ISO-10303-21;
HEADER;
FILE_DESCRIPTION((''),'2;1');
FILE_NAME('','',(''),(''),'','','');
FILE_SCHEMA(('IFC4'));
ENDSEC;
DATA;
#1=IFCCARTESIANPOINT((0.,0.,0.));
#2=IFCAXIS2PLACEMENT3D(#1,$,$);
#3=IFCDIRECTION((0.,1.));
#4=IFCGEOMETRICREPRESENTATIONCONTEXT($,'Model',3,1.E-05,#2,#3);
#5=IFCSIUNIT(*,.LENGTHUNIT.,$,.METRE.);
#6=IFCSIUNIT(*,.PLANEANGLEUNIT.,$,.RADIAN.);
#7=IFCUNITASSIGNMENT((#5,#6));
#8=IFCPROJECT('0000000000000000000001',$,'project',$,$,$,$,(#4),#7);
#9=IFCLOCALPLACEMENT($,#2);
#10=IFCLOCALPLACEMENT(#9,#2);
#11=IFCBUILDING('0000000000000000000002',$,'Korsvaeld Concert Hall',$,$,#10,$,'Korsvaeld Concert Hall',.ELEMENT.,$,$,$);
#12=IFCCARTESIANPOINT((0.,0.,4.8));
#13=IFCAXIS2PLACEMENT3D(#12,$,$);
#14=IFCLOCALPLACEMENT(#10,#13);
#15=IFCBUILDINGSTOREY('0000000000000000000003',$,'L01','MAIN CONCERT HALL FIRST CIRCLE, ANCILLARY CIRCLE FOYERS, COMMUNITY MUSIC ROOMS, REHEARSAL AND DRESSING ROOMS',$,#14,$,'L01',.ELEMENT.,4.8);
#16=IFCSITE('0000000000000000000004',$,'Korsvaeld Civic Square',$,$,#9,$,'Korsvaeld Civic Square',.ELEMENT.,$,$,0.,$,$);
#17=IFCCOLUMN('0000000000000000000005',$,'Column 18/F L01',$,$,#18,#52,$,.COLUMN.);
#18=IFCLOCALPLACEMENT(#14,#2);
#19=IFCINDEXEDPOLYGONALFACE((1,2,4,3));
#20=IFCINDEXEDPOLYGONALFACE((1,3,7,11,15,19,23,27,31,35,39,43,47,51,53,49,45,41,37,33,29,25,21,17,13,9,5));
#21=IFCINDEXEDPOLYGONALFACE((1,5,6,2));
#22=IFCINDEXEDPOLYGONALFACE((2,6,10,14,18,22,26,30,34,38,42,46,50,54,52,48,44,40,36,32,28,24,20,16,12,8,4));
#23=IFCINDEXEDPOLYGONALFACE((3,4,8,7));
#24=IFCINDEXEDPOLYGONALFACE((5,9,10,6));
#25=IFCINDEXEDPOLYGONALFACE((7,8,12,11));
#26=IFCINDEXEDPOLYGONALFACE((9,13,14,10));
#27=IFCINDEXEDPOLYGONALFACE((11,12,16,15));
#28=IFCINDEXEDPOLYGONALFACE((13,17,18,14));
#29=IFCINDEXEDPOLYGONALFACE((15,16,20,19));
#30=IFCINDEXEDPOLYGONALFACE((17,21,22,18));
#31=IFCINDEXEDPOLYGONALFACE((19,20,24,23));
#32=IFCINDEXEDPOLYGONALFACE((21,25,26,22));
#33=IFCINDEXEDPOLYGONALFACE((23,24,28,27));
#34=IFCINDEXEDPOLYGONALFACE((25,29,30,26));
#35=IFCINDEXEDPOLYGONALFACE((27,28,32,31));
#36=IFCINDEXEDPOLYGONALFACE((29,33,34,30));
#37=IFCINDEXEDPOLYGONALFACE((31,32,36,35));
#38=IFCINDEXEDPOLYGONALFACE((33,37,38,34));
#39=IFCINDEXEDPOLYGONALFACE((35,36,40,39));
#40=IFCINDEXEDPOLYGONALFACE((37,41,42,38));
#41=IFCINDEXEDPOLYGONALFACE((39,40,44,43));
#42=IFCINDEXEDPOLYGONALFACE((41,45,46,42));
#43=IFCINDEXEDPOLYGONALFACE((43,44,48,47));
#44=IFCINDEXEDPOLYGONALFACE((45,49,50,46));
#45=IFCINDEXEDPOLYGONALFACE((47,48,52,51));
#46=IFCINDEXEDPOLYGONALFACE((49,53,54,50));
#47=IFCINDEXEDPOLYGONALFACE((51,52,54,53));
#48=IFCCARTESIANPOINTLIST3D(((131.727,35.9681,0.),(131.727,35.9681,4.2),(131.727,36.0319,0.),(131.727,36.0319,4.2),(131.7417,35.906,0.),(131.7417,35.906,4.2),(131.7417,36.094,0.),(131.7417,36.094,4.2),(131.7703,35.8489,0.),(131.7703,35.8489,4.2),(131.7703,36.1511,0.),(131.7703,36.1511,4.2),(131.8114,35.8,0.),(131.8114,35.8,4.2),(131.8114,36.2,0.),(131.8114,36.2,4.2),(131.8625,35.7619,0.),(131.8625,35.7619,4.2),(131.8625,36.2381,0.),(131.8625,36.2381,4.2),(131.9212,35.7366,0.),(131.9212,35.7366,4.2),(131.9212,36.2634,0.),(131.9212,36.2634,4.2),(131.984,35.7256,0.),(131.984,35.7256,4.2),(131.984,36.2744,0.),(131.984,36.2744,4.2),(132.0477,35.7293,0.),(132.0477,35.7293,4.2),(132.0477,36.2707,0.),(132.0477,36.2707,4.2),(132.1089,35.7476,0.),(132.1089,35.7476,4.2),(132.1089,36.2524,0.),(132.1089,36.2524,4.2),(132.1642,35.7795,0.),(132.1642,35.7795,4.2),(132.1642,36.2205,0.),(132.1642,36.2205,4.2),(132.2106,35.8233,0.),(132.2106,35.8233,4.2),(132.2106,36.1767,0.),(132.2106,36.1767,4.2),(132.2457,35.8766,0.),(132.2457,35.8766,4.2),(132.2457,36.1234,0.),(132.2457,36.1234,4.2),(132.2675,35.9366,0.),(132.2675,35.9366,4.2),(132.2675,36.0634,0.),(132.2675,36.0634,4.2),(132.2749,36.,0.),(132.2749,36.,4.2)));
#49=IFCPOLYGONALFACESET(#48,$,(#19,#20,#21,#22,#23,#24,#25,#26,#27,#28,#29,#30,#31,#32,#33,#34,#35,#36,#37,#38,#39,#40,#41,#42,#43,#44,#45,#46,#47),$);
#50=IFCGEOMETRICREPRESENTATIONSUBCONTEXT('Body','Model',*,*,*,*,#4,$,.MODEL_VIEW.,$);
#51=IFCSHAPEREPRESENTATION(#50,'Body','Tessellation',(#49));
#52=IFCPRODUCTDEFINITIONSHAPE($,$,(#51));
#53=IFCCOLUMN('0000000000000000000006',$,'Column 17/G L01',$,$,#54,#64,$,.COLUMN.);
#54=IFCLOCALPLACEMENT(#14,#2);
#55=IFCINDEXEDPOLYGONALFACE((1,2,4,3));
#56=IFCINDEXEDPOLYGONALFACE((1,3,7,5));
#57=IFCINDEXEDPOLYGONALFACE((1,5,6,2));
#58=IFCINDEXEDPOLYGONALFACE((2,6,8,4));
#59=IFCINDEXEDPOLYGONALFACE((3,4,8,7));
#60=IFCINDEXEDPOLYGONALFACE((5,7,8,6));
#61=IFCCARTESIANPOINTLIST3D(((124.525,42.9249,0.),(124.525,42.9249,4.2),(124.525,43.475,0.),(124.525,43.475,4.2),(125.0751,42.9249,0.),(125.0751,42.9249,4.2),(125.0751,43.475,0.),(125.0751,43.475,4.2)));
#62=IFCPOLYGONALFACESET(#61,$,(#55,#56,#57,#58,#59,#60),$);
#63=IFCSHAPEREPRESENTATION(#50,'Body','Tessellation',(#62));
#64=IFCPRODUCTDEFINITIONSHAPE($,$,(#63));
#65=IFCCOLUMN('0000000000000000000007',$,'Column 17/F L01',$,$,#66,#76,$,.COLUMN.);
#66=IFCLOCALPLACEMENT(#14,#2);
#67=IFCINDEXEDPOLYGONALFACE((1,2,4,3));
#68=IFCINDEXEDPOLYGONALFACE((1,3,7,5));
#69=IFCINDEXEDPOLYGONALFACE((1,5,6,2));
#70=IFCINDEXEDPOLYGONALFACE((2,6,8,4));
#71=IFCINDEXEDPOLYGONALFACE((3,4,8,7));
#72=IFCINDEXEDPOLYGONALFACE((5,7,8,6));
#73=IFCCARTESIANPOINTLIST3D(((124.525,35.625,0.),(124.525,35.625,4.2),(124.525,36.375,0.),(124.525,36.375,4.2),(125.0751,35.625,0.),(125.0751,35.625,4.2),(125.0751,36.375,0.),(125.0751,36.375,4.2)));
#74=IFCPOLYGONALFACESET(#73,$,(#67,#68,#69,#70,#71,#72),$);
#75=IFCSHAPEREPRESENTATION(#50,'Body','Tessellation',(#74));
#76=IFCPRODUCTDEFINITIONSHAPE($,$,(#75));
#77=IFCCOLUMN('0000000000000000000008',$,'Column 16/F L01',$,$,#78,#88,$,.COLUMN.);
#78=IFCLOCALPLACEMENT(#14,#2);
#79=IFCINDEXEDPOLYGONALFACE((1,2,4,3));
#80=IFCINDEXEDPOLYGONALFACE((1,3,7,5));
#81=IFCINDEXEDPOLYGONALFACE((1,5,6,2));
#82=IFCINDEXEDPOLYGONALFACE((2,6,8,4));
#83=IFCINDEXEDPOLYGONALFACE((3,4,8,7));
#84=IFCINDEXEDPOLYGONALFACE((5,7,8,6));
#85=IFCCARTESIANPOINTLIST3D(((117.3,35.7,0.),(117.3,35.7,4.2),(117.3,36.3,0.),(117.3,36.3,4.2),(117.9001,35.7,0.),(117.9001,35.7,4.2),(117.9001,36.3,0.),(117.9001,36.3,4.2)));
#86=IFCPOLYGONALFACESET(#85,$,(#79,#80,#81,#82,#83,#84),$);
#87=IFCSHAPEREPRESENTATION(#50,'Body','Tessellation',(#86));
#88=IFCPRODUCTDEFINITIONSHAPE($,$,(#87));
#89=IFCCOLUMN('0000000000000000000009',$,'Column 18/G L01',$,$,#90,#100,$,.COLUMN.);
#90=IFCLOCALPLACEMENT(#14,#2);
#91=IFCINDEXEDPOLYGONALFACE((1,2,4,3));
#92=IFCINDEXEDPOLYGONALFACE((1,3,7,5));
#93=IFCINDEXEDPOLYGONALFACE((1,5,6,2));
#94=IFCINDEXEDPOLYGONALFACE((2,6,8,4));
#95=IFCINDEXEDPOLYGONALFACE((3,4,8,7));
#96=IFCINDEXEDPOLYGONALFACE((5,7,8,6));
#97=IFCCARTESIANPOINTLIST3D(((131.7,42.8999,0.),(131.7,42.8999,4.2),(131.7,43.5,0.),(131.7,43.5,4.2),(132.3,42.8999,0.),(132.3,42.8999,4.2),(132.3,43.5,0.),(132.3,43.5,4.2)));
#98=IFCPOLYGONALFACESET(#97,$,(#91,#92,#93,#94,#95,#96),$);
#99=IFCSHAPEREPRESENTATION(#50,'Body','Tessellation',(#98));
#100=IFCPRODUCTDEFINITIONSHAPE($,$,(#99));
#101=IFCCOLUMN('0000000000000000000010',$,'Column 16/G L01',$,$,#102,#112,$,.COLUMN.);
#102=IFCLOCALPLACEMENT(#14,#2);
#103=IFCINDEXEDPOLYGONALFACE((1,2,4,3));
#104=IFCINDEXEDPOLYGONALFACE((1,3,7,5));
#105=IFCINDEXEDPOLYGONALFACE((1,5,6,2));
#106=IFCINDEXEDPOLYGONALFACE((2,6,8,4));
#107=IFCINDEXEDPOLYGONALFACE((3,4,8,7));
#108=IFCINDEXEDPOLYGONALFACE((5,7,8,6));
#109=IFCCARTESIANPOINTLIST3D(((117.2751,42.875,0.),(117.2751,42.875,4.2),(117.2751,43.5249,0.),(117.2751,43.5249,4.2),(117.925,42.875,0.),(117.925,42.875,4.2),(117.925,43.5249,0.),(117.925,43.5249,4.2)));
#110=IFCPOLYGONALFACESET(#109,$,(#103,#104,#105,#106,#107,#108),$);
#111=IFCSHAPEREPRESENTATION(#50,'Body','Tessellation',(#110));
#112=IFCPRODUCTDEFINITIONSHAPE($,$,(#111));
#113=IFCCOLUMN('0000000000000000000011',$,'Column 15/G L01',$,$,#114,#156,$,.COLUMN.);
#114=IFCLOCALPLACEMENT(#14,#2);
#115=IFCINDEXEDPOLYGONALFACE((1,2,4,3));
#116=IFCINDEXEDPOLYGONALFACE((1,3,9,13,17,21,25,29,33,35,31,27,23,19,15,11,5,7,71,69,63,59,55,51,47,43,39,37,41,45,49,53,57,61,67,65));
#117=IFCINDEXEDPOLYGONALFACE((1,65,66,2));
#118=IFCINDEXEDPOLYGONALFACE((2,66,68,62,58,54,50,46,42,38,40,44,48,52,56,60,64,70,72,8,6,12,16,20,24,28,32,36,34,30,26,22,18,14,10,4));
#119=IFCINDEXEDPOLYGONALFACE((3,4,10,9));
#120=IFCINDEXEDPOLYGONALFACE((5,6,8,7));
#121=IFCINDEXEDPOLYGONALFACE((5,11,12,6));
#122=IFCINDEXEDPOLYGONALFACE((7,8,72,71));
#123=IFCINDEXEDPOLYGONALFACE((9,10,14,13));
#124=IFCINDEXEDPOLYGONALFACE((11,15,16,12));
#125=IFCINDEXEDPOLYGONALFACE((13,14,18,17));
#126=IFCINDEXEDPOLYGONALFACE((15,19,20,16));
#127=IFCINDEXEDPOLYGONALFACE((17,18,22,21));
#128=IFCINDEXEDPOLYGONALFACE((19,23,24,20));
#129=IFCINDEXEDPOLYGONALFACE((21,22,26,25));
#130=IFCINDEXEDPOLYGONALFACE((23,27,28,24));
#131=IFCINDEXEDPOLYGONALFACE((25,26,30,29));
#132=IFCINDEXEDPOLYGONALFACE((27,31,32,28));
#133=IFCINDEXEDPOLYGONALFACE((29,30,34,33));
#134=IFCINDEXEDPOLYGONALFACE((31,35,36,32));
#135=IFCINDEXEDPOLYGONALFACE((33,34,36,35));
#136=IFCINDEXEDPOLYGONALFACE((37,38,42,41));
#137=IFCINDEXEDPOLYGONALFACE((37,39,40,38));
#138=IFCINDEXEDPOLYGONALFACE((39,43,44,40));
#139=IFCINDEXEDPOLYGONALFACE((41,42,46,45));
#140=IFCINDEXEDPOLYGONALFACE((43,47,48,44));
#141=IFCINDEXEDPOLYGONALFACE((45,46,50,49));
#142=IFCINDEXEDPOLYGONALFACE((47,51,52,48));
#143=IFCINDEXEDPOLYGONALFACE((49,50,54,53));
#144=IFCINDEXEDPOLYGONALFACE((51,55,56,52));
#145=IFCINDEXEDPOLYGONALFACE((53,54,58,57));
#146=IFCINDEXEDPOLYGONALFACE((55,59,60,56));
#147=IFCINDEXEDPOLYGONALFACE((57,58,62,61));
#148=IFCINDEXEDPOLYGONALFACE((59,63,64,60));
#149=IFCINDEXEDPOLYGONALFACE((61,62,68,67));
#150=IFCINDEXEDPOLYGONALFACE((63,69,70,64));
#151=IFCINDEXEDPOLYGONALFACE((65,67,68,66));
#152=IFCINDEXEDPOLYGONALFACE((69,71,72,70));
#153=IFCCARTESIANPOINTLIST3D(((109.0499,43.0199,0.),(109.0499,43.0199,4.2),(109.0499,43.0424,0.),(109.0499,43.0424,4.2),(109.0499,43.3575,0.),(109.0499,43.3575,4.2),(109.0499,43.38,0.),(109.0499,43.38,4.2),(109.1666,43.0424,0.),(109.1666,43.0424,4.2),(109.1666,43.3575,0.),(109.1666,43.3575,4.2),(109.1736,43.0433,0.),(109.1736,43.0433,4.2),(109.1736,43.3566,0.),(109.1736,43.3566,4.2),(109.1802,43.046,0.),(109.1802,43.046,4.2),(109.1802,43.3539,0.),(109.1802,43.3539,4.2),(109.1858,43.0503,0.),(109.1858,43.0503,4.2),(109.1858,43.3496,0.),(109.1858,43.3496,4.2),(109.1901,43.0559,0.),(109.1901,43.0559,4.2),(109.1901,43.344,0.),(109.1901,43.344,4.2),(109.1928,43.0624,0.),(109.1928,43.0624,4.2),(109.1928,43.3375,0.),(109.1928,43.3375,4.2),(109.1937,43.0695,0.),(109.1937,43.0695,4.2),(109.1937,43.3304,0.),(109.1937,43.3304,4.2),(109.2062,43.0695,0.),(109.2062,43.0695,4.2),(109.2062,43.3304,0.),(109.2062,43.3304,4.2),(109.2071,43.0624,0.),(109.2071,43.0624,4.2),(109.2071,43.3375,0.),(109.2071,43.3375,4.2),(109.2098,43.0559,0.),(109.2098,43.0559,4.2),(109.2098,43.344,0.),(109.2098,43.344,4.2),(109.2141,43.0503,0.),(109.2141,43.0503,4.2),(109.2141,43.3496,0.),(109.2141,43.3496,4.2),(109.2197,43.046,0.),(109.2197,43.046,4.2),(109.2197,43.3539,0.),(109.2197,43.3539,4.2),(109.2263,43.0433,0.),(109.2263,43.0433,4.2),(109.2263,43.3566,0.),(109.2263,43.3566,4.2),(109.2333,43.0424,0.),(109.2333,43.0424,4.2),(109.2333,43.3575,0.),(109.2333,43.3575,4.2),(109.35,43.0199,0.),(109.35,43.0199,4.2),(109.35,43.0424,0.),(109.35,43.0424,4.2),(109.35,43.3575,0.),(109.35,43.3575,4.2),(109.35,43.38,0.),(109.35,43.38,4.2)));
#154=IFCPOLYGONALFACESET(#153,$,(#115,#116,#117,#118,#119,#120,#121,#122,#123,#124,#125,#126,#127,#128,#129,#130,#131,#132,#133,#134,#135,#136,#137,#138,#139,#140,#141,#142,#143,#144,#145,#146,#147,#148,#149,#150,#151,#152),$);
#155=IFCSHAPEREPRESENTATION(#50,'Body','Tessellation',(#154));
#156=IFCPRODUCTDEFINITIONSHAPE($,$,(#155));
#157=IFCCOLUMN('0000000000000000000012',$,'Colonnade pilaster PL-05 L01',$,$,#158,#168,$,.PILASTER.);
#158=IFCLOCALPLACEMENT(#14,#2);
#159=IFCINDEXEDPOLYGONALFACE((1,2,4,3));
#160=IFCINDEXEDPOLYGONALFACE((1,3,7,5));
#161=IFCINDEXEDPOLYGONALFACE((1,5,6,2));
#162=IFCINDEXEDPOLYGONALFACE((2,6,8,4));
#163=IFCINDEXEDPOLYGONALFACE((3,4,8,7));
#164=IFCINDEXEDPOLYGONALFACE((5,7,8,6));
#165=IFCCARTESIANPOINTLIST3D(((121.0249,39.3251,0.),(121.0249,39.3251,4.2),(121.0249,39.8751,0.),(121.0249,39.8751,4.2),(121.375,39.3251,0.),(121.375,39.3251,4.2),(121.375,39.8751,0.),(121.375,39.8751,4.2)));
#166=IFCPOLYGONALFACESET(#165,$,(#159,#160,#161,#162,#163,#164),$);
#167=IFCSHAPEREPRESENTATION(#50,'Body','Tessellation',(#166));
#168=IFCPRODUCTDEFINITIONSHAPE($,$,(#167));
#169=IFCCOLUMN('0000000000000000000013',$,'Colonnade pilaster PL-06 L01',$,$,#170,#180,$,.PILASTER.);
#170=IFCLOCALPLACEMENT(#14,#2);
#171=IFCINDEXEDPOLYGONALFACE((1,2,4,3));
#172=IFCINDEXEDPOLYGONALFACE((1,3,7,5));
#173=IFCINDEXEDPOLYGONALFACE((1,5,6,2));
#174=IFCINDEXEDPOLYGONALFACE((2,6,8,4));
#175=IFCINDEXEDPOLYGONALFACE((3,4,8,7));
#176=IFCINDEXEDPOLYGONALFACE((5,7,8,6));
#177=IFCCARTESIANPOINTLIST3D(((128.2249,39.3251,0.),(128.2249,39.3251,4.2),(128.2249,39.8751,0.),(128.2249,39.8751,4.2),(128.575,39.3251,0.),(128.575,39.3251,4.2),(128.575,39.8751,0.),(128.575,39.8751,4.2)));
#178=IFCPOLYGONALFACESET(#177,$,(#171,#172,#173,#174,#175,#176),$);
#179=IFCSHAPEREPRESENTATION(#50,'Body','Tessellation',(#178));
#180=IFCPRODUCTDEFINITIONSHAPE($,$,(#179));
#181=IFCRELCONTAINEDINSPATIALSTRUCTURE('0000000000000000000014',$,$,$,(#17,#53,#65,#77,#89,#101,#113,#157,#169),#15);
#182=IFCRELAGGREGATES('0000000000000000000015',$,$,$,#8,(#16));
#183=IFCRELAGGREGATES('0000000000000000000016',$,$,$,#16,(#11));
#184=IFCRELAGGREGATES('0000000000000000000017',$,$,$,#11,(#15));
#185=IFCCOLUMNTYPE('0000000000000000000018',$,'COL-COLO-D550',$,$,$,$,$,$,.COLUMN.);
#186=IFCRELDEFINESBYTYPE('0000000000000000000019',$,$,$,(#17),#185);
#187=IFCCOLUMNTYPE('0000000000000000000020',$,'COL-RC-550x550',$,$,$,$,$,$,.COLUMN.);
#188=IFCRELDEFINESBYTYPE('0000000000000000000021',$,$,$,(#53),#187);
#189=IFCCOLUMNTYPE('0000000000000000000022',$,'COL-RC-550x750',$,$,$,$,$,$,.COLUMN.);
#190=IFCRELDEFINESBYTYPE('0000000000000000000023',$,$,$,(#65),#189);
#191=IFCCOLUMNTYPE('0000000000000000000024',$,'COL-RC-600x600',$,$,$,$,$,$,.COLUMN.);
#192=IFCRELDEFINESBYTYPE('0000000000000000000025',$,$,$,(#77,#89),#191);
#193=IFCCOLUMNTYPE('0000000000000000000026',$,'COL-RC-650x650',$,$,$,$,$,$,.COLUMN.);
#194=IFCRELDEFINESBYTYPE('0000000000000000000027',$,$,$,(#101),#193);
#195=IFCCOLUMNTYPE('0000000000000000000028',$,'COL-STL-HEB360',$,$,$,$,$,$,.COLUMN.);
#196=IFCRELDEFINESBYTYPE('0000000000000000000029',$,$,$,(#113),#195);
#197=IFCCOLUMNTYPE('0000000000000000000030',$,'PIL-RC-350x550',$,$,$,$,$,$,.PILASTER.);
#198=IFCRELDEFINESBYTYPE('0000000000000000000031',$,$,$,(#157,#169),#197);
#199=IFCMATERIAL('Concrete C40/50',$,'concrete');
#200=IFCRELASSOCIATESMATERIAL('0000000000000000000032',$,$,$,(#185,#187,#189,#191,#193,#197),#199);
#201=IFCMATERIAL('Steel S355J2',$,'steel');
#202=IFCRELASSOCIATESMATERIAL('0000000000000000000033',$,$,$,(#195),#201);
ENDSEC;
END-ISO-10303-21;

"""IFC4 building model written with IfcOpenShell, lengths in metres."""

from ifc_helpers import new_model, si_unit, direction, frame, origin, origin_2d, place, context, subcontext, project, spatial, rectangle, circle, i_section, extrude, material, material_profile, profile_set, type_object, element, save


model = new_model("IFC4")

# Units and contexts
model_context = context("Model", 3, precision=1e-05, world=origin(), true_north=direction((0.0, 1.0)))
body_context = subcontext(model_context, "Body", "Model", "MODEL_VIEW")
ifc_project = project(units=[si_unit("LENGTHUNIT", "METRE"), si_unit("PLANEANGLEUNIT", "RADIAN")], contexts=[model_context])

# Site, building, storey
site_placement = place(None, origin())
site = spatial("IfcSite", under=ifc_project, at=site_placement, Name="Korsvaeld Civic Square", LongName="Korsvaeld Civic Square", CompositionType="ELEMENT", RefElevation=0.0)
building_placement = place(site_placement, origin())
building = spatial("IfcBuilding", under=site, at=building_placement, Name="Korsvaeld Concert Hall", LongName="Korsvaeld Concert Hall", CompositionType="ELEMENT")
storey_placement = place(building_placement, frame((0.0, 0.0, 4.8)))
storey = spatial("IfcBuildingStorey", under=building, at=storey_placement, Name="L01", Description="MAIN CONCERT HALL FIRST CIRCLE, ANCILLARY CIRCLE FOYERS, COMMUNITY MUSIC ROOMS, REHEARSAL AND DRESSING ROOMS", LongName="L01", CompositionType="ELEMENT", Elevation=4.8)

# Columns
ifc_material_1 = material(Name="Concrete C40/50", Category="concrete")
ifc_material_profile_1 = material_profile(ifc_material_1, circle(Radius=0.2749, at=origin_2d()), Name="RC D550")
ifc_profile_set_1 = profile_set([ifc_material_profile_1], Name="Concrete C40/50")
column_type_1 = type_object("IfcColumnType", Name="COL-COLO-D550", PredefinedType="COLUMN", material=ifc_profile_set_1)
column_1_placement = place(storey_placement, frame((132.0, 36.0, 0.0), z_axis=(0.0, 0.0, 1.0), x_axis=(1.0, 0.0, 0.0)))
element("IfcColumn", 1, at=column_1_placement, inside=storey, type_object=column_type_1, Name="Column 18/F L01", PredefinedType="COLUMN", context=body_context, shape_type="SweptSolid", body=[
    extrude(circle(Radius=0.2749, at=origin_2d()), origin(), (0.0, 0.0, 1.0), 4.2),
])
ifc_material_profile_2 = material_profile(ifc_material_1, rectangle(XDim=0.55, YDim=0.55, at=origin_2d()), Name="RC 550x550")
ifc_profile_set_2 = profile_set([ifc_material_profile_2], Name="Concrete C40/50")
column_type_2 = type_object("IfcColumnType", Name="COL-RC-550x550", PredefinedType="COLUMN", material=ifc_profile_set_2)
column_2_placement = place(storey_placement, frame((124.8, 43.2, 0.0), z_axis=(0.0, 0.0, 1.0), x_axis=(1.0, 0.0, 0.0)))
element("IfcColumn", 2, at=column_2_placement, inside=storey, type_object=column_type_2, Name="Column 17/G L01", PredefinedType="COLUMN", context=body_context, shape_type="SweptSolid", body=[
    extrude(rectangle(XDim=0.55, YDim=0.55, at=origin_2d()), origin(), (0.0, 0.0, 1.0), 4.2),
])
ifc_material_profile_3 = material_profile(ifc_material_1, rectangle(XDim=0.55, YDim=0.75, at=origin_2d()), Name="RC 550x750")
ifc_profile_set_3 = profile_set([ifc_material_profile_3], Name="Concrete C40/50")
column_type_3 = type_object("IfcColumnType", Name="COL-RC-550x750", PredefinedType="COLUMN", material=ifc_profile_set_3)
column_3_placement = place(storey_placement, frame((124.8, 36.0, 0.0), z_axis=(0.0, 0.0, 1.0), x_axis=(1.0, 0.0, 0.0)))
element("IfcColumn", 3, at=column_3_placement, inside=storey, type_object=column_type_3, Name="Column 17/F L01", PredefinedType="COLUMN", context=body_context, shape_type="SweptSolid", body=[
    extrude(rectangle(XDim=0.55, YDim=0.75, at=origin_2d()), origin(), (0.0, 0.0, 1.0), 4.2),
])
ifc_material_profile_4 = material_profile(ifc_material_1, rectangle(XDim=0.6001, YDim=0.6001, at=origin_2d()), Name="RC 600x600")
ifc_profile_set_4 = profile_set([ifc_material_profile_4], Name="Concrete C40/50")
column_type_4 = type_object("IfcColumnType", Name="COL-RC-600x600", PredefinedType="COLUMN", material=ifc_profile_set_4)
for number, where, z_axis, x_axis, name in (
    (4, (117.6001, 36.0, 0.0), (0.0, 0.0, 1.0), (1.0, 0.0, 0.0), "Column 16/F L01"),
    (5, (132.0, 43.2, 0.0), (0.0, 0.0, 1.0), (1.0, 0.0, 0.0), "Column 18/G L01"),
):
    element("IfcColumn", number, at=place(storey_placement, frame(where, z_axis=z_axis, x_axis=x_axis)), inside=storey, type_object=column_type_4, Name=name, PredefinedType="COLUMN", context=body_context, shape_type="SweptSolid", body=[
        extrude(rectangle(XDim=0.6001, YDim=0.6001, at=origin_2d()), origin(), (0.0, 0.0, 1.0), 4.2),
    ])
ifc_material_profile_5 = material_profile(ifc_material_1, rectangle(XDim=0.6499, YDim=0.6499, at=origin_2d()), Name="RC 650x650")
ifc_profile_set_5 = profile_set([ifc_material_profile_5], Name="Concrete C40/50")
column_type_5 = type_object("IfcColumnType", Name="COL-RC-650x650", PredefinedType="COLUMN", material=ifc_profile_set_5)
column_4_placement = place(storey_placement, frame((117.6001, 43.2, 0.0), z_axis=(0.0, 0.0, 1.0), x_axis=(1.0, 0.0, 0.0)))
element("IfcColumn", 6, at=column_4_placement, inside=storey, type_object=column_type_5, Name="Column 16/G L01", PredefinedType="COLUMN", context=body_context, shape_type="SweptSolid", body=[
    extrude(rectangle(XDim=0.6499, YDim=0.6499, at=origin_2d()), origin(), (0.0, 0.0, 1.0), 4.2),
])
ifc_material_2 = material(Name="Steel S355J2", Category="steel")
ifc_material_profile_6 = material_profile(ifc_material_2, i_section(OverallWidth=0.3, OverallDepth=0.3601, WebThickness=0.0125, FlangeThickness=0.0225, FilletRadius=0.0271, at=origin_2d()), Name="HEB 360")
ifc_profile_set_6 = profile_set([ifc_material_profile_6], Name="Steel S355J2")
column_type_6 = type_object("IfcColumnType", Name="COL-STL-HEB360", PredefinedType="COLUMN", material=ifc_profile_set_6)
column_5_placement = place(storey_placement, frame((109.2, 43.2, 0.0), z_axis=(0.0, 0.0, 1.0), x_axis=(1.0, 0.0, 0.0)))
element("IfcColumn", 7, at=column_5_placement, inside=storey, type_object=column_type_6, Name="Column 15/G L01", PredefinedType="COLUMN", context=body_context, shape_type="SweptSolid", body=[
    extrude(i_section(OverallWidth=0.3, OverallDepth=0.3601, WebThickness=0.0125, FlangeThickness=0.0225, FilletRadius=0.0271, at=origin_2d()), origin(), (0.0, 0.0, 1.0), 4.2),
])
ifc_material_profile_7 = material_profile(ifc_material_1, rectangle(XDim=0.3501, YDim=0.55, at=origin_2d()), Name="RC 350x550")
ifc_profile_set_7 = profile_set([ifc_material_profile_7], Name="Concrete C40/50")
column_type_7 = type_object("IfcColumnType", Name="PIL-RC-350x550", PredefinedType="PILASTER", material=ifc_profile_set_7)
for number, where, z_axis, x_axis, name in (
    (8, (121.2, 39.6001, 0.0), (0.0, 0.0, 1.0), (1.0, 0.0, 0.0), "Colonnade pilaster PL-05 L01"),
    (9, (128.3999, 39.6001, 0.0), (0.0, 0.0, 1.0), (1.0, 0.0, 0.0), "Colonnade pilaster PL-06 L01"),
):
    element("IfcColumn", number, at=place(storey_placement, frame(where, z_axis=z_axis, x_axis=x_axis)), inside=storey, type_object=column_type_7, Name=name, PredefinedType="PILASTER", context=body_context, shape_type="SweptSolid", body=[
        extrude(rectangle(XDim=0.3501, YDim=0.55, at=origin_2d()), origin(), (0.0, 0.0, 1.0), 4.2),
    ])

save(model, "model.ifc")
